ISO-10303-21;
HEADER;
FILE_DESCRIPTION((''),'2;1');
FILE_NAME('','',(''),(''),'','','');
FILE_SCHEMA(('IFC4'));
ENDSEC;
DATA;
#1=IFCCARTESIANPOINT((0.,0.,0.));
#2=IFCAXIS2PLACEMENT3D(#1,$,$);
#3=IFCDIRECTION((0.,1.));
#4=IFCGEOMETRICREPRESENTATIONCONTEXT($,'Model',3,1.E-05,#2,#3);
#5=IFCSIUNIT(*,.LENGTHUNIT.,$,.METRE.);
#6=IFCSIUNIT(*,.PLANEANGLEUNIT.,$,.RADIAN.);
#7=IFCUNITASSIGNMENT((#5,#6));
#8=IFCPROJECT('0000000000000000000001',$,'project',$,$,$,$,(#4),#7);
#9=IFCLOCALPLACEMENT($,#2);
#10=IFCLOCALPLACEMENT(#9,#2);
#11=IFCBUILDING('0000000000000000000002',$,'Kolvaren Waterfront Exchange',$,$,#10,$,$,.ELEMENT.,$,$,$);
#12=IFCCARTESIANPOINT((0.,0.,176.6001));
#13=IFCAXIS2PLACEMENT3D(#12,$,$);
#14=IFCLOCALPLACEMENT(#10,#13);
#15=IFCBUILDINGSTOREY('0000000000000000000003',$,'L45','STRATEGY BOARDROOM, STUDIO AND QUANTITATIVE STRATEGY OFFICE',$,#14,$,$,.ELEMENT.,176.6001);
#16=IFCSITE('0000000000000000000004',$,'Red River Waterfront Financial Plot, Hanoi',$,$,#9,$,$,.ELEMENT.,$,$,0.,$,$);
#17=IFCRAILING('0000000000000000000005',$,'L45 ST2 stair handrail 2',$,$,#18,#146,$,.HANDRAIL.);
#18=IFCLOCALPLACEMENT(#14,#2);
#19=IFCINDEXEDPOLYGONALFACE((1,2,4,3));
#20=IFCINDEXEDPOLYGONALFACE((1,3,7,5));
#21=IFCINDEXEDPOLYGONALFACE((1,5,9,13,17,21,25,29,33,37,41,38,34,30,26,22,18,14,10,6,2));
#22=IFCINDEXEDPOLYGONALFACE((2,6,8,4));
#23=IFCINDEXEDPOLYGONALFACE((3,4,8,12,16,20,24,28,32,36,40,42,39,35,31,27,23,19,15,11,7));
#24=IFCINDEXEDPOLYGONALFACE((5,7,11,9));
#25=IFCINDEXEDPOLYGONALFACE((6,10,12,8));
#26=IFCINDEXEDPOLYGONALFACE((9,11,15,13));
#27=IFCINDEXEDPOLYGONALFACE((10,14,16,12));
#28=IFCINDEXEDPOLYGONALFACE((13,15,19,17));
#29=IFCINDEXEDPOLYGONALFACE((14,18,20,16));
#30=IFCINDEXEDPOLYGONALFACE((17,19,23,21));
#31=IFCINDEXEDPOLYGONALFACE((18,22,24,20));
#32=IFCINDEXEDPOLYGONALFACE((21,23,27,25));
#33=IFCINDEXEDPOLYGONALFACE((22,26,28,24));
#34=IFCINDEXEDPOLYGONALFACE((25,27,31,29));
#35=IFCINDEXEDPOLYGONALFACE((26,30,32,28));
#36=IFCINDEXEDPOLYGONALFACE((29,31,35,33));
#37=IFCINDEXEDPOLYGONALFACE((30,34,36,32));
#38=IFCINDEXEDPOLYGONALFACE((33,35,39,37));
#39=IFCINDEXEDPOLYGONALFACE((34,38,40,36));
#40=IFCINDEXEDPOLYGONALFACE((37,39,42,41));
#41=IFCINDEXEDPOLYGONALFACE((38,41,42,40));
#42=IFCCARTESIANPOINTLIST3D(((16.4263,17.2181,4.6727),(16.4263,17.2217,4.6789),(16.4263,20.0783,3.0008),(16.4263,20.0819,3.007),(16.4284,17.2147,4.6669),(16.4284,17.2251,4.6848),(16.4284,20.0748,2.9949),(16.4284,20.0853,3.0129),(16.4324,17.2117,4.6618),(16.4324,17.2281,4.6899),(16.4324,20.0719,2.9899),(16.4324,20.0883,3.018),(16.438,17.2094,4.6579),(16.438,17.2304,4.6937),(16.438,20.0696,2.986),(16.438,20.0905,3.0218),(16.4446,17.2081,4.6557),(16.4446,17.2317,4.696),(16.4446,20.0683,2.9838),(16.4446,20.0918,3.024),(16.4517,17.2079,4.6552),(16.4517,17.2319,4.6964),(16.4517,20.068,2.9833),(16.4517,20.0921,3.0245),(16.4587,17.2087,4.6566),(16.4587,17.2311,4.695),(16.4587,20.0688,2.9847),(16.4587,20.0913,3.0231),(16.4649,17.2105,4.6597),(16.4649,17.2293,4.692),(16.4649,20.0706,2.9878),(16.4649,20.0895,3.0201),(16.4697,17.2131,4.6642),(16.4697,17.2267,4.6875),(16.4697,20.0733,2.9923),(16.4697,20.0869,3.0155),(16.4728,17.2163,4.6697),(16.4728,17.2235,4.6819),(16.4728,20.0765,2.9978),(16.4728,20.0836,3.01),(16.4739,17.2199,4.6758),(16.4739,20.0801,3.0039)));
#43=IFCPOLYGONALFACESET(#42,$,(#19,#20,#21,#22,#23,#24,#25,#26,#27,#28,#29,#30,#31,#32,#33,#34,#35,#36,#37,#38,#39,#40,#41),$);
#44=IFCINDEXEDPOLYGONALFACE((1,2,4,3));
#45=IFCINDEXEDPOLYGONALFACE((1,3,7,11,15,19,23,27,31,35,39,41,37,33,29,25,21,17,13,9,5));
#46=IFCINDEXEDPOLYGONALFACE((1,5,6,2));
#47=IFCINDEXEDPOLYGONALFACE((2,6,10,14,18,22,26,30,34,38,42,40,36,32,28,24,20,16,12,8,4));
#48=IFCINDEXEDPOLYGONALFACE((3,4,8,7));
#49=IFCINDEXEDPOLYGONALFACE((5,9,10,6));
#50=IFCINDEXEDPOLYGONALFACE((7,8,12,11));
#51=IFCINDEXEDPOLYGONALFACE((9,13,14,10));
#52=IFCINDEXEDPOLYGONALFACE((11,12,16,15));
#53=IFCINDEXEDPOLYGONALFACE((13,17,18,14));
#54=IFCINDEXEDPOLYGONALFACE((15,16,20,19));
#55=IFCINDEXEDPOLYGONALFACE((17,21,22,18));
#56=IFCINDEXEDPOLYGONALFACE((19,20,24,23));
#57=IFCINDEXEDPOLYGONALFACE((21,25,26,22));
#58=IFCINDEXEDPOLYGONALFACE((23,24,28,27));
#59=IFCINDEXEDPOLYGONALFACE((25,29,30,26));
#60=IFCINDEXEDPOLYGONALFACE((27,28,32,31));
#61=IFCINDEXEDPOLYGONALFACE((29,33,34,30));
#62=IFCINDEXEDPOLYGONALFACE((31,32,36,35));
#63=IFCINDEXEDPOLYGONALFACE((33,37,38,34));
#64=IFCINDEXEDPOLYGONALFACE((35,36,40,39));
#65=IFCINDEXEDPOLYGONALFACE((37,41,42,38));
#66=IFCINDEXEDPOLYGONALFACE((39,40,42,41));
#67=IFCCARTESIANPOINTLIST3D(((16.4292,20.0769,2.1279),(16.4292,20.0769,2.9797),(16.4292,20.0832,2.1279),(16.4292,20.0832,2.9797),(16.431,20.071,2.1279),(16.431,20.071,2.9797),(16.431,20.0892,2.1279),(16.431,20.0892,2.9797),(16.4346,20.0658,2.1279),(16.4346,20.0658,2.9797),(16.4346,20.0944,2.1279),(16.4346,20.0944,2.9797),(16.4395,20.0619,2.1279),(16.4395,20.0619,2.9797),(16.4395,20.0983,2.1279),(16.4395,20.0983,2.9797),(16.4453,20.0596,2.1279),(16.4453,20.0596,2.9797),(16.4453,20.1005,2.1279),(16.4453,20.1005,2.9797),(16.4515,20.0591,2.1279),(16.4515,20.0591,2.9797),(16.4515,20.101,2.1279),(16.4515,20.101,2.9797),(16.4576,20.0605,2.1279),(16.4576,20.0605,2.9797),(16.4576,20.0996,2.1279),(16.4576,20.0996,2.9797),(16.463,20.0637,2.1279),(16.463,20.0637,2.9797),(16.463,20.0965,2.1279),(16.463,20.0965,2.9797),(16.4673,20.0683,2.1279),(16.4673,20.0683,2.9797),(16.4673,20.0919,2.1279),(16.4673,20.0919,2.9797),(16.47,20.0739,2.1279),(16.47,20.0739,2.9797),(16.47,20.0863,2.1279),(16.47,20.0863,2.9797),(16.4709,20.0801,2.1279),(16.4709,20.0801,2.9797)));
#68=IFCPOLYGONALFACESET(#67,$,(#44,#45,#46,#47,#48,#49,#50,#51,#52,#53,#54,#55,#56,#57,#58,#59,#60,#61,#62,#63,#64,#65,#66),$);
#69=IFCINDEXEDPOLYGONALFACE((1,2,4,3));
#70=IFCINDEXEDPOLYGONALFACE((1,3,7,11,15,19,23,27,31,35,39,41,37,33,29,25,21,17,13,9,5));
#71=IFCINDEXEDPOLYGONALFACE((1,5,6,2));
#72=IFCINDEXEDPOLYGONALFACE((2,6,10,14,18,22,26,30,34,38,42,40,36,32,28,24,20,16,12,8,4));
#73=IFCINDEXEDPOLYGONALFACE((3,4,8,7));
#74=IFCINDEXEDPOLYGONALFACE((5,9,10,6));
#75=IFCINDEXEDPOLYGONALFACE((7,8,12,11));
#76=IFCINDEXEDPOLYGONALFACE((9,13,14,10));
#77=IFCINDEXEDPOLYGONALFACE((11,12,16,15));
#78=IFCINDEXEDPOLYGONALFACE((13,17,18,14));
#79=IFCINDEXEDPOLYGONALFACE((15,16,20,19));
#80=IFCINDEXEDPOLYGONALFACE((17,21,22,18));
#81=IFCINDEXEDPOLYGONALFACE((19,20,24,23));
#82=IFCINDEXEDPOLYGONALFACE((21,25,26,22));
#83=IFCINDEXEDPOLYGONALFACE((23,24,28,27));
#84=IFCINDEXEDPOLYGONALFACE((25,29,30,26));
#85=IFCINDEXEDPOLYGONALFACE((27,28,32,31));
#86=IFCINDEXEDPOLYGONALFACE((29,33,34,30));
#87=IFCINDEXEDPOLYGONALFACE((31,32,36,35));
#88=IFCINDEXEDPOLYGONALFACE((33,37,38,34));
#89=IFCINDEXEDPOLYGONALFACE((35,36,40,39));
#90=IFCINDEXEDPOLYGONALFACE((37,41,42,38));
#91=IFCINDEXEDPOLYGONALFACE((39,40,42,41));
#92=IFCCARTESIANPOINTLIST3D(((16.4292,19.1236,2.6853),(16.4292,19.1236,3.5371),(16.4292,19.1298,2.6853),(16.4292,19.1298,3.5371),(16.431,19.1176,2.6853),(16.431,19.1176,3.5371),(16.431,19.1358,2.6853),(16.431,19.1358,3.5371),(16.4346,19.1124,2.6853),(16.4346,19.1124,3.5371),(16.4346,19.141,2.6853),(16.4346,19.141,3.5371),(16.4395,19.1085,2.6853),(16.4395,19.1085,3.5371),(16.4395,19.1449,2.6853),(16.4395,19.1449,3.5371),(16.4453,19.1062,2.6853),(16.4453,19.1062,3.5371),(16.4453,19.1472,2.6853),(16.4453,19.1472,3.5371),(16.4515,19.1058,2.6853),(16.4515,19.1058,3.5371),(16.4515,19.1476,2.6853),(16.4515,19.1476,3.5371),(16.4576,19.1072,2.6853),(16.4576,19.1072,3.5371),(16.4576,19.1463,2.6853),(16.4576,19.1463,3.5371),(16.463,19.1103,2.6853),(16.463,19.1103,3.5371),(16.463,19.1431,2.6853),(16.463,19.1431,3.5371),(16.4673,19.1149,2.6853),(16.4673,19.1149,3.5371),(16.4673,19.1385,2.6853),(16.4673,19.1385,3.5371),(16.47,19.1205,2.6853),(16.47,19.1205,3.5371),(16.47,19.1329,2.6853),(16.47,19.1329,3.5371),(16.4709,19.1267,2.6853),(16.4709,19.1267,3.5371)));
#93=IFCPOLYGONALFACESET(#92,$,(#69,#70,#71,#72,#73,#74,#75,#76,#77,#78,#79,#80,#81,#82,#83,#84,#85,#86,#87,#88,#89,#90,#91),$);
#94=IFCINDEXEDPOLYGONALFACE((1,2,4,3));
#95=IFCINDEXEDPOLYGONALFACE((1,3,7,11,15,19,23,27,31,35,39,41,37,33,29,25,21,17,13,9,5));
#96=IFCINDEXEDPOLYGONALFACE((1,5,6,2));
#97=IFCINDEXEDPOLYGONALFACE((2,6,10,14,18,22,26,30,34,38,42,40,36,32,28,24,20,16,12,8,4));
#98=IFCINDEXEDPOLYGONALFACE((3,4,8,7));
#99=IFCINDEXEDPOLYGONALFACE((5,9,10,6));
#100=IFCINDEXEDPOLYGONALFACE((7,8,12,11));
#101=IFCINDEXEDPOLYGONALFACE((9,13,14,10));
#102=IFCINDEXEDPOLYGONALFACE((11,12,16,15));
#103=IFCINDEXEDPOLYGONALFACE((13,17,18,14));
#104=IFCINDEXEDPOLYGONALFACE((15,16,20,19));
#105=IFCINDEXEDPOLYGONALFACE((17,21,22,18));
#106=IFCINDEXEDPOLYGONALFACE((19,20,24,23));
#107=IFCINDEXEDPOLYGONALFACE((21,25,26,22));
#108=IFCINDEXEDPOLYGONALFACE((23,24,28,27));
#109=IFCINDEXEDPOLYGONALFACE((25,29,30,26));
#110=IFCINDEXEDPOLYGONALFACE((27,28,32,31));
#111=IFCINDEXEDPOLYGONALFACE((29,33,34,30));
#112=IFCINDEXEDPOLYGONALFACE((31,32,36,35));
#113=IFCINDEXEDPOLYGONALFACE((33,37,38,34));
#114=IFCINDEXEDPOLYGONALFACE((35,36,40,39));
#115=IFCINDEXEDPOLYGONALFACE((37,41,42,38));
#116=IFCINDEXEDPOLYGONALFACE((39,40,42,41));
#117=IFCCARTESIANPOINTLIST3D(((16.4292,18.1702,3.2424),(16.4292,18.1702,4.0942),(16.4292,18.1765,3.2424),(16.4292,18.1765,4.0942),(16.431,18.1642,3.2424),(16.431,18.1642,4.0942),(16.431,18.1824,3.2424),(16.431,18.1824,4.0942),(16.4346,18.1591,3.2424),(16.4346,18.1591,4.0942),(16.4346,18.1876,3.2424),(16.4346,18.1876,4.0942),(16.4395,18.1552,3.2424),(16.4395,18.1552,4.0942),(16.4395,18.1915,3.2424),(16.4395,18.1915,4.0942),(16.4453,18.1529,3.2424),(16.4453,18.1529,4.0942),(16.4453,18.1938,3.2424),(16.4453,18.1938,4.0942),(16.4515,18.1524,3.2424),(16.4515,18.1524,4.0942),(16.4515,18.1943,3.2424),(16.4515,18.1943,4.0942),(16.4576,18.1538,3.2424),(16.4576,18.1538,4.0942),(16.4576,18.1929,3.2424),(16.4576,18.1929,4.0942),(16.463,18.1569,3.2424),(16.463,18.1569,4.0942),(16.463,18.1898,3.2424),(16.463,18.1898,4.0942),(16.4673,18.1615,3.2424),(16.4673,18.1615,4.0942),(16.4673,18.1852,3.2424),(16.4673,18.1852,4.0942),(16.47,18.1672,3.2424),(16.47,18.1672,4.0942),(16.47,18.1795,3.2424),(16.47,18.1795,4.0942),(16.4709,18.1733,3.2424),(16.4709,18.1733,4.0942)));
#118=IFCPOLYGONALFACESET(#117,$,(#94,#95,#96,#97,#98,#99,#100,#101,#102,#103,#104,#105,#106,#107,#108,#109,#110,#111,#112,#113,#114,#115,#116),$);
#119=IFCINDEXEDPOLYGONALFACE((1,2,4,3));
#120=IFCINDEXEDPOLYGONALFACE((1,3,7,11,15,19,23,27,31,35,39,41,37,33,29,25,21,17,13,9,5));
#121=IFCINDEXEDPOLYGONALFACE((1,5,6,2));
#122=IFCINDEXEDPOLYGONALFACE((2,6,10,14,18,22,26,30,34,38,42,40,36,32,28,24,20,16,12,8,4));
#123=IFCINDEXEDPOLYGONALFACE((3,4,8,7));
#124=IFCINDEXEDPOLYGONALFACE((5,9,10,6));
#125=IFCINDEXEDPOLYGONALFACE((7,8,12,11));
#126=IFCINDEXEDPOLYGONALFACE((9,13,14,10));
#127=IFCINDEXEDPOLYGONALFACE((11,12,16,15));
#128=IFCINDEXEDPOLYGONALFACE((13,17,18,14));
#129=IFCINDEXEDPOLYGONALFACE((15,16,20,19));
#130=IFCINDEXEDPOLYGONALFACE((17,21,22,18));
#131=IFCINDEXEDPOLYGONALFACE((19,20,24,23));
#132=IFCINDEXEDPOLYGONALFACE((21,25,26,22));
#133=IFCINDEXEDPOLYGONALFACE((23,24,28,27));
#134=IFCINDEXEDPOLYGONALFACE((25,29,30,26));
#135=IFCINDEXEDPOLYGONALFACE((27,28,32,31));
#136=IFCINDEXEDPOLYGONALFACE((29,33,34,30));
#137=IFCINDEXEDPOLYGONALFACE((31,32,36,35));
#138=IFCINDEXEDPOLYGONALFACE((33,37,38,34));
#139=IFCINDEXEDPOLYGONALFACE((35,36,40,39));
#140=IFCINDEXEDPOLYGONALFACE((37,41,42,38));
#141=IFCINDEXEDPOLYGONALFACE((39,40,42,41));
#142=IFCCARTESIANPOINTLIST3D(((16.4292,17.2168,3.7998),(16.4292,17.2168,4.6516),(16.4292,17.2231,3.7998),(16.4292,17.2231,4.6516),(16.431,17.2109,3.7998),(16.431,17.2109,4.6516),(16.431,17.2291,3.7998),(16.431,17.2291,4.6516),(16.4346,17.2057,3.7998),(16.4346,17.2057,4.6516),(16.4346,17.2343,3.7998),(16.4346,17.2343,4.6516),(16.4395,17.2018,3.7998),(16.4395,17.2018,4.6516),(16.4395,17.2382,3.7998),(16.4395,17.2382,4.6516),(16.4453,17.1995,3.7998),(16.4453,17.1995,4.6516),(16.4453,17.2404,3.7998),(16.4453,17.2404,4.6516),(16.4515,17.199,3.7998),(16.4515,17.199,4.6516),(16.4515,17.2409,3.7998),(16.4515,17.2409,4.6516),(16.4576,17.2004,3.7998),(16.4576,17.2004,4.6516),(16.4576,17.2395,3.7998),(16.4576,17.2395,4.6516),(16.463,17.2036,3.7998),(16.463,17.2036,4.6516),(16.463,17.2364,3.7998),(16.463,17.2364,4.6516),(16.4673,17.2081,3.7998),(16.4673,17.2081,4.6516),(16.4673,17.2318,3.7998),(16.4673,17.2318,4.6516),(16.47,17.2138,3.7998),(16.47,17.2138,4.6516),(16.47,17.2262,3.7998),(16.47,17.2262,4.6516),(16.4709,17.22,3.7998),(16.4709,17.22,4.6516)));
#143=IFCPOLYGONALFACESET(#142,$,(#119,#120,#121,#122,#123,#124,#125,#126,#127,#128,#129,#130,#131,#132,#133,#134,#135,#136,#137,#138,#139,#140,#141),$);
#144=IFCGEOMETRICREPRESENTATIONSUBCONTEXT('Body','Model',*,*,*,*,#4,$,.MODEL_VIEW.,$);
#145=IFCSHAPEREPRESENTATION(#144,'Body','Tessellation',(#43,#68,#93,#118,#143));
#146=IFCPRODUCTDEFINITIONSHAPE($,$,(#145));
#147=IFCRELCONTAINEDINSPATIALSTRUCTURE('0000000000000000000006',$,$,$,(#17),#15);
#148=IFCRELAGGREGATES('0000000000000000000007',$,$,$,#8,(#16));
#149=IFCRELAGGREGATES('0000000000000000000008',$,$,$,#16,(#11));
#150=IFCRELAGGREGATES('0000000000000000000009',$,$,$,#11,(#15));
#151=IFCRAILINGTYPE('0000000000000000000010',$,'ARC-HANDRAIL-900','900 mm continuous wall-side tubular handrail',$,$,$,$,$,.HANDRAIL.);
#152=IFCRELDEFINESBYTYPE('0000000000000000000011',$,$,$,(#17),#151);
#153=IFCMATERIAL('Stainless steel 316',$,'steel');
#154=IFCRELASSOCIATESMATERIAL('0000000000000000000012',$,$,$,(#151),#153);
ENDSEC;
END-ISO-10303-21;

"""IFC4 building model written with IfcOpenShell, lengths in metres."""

from ifc_helpers import new_model, si_unit, direction, frame, origin, origin_2d, place, context, subcontext, project, spatial, circle, extrude, material, type_object, element, save


model = new_model("IFC4")

# Units and contexts
model_context = context("Model", 3, precision=1e-05, world=origin(), true_north=direction((0.0, 1.0)))
body_context = subcontext(model_context, "Body", "Model", "MODEL_VIEW")
ifc_project = project(units=[si_unit("LENGTHUNIT", "METRE"), si_unit("PLANEANGLEUNIT", "RADIAN")], contexts=[model_context])

# Site, building, storey
site_placement = place(None, origin())
site = spatial("IfcSite", under=ifc_project, at=site_placement, Name="Red River Waterfront Financial Plot, Hanoi", CompositionType="ELEMENT", RefElevation=0.0)
building_placement = place(site_placement, origin())
building = spatial("IfcBuilding", under=site, at=building_placement, Name="Kolvaren Waterfront Exchange", CompositionType="ELEMENT")
storey_placement = place(building_placement, frame((0.0, 0.0, 176.6001)))
storey = spatial("IfcBuildingStorey", under=building, at=storey_placement, Name="L45", Description="STRATEGY BOARDROOM, STUDIO AND QUANTITATIVE STRATEGY OFFICE", CompositionType="ELEMENT", Elevation=176.6001)

# Railing
ifc_material_1 = material(Name="Stainless steel 316", Category="steel")
railing_type_1 = type_object("IfcRailingType", Name="ARC-HANDRAIL-900", Description="900 mm continuous wall-side tubular handrail", PredefinedType="HANDRAIL", material=ifc_material_1)
railing_1_placement = place(storey_placement, frame((16.45, 20.0801, 2.1279)))
element("IfcRailing", 1, at=railing_1_placement, inside=storey, type_object=railing_type_1, Name="L45 ST2 stair handrail 2", PredefinedType="HANDRAIL", context=body_context, shape_type="SweptSolid", body=[
    extrude(circle(Radius=0.0239, at=origin_2d()), frame((0.0, 0.0, 0.876), z_axis=(0.0, -0.863321, 0.504654), x_axis=(1.0, 0.0, 0.0)), (0.0, 0.0, 1.0), 3.313),
    extrude(circle(Radius=0.021, at=origin_2d()), origin(), (0.0, 0.0, 1.0), 0.8518),
    extrude(circle(Radius=0.021, at=origin_2d()), frame((0.0, -0.9534, 0.5574)), (0.0, 0.0, 1.0), 0.8518),
    extrude(circle(Radius=0.021, at=origin_2d()), frame((0.0, -1.9067, 1.1145)), (0.0, 0.0, 1.0), 0.8518),
    extrude(circle(Radius=0.021, at=origin_2d()), frame((0.0, -2.8601, 1.6719)), (0.0, 0.0, 1.0), 0.8518),
])

save(model, "model.ifc")
